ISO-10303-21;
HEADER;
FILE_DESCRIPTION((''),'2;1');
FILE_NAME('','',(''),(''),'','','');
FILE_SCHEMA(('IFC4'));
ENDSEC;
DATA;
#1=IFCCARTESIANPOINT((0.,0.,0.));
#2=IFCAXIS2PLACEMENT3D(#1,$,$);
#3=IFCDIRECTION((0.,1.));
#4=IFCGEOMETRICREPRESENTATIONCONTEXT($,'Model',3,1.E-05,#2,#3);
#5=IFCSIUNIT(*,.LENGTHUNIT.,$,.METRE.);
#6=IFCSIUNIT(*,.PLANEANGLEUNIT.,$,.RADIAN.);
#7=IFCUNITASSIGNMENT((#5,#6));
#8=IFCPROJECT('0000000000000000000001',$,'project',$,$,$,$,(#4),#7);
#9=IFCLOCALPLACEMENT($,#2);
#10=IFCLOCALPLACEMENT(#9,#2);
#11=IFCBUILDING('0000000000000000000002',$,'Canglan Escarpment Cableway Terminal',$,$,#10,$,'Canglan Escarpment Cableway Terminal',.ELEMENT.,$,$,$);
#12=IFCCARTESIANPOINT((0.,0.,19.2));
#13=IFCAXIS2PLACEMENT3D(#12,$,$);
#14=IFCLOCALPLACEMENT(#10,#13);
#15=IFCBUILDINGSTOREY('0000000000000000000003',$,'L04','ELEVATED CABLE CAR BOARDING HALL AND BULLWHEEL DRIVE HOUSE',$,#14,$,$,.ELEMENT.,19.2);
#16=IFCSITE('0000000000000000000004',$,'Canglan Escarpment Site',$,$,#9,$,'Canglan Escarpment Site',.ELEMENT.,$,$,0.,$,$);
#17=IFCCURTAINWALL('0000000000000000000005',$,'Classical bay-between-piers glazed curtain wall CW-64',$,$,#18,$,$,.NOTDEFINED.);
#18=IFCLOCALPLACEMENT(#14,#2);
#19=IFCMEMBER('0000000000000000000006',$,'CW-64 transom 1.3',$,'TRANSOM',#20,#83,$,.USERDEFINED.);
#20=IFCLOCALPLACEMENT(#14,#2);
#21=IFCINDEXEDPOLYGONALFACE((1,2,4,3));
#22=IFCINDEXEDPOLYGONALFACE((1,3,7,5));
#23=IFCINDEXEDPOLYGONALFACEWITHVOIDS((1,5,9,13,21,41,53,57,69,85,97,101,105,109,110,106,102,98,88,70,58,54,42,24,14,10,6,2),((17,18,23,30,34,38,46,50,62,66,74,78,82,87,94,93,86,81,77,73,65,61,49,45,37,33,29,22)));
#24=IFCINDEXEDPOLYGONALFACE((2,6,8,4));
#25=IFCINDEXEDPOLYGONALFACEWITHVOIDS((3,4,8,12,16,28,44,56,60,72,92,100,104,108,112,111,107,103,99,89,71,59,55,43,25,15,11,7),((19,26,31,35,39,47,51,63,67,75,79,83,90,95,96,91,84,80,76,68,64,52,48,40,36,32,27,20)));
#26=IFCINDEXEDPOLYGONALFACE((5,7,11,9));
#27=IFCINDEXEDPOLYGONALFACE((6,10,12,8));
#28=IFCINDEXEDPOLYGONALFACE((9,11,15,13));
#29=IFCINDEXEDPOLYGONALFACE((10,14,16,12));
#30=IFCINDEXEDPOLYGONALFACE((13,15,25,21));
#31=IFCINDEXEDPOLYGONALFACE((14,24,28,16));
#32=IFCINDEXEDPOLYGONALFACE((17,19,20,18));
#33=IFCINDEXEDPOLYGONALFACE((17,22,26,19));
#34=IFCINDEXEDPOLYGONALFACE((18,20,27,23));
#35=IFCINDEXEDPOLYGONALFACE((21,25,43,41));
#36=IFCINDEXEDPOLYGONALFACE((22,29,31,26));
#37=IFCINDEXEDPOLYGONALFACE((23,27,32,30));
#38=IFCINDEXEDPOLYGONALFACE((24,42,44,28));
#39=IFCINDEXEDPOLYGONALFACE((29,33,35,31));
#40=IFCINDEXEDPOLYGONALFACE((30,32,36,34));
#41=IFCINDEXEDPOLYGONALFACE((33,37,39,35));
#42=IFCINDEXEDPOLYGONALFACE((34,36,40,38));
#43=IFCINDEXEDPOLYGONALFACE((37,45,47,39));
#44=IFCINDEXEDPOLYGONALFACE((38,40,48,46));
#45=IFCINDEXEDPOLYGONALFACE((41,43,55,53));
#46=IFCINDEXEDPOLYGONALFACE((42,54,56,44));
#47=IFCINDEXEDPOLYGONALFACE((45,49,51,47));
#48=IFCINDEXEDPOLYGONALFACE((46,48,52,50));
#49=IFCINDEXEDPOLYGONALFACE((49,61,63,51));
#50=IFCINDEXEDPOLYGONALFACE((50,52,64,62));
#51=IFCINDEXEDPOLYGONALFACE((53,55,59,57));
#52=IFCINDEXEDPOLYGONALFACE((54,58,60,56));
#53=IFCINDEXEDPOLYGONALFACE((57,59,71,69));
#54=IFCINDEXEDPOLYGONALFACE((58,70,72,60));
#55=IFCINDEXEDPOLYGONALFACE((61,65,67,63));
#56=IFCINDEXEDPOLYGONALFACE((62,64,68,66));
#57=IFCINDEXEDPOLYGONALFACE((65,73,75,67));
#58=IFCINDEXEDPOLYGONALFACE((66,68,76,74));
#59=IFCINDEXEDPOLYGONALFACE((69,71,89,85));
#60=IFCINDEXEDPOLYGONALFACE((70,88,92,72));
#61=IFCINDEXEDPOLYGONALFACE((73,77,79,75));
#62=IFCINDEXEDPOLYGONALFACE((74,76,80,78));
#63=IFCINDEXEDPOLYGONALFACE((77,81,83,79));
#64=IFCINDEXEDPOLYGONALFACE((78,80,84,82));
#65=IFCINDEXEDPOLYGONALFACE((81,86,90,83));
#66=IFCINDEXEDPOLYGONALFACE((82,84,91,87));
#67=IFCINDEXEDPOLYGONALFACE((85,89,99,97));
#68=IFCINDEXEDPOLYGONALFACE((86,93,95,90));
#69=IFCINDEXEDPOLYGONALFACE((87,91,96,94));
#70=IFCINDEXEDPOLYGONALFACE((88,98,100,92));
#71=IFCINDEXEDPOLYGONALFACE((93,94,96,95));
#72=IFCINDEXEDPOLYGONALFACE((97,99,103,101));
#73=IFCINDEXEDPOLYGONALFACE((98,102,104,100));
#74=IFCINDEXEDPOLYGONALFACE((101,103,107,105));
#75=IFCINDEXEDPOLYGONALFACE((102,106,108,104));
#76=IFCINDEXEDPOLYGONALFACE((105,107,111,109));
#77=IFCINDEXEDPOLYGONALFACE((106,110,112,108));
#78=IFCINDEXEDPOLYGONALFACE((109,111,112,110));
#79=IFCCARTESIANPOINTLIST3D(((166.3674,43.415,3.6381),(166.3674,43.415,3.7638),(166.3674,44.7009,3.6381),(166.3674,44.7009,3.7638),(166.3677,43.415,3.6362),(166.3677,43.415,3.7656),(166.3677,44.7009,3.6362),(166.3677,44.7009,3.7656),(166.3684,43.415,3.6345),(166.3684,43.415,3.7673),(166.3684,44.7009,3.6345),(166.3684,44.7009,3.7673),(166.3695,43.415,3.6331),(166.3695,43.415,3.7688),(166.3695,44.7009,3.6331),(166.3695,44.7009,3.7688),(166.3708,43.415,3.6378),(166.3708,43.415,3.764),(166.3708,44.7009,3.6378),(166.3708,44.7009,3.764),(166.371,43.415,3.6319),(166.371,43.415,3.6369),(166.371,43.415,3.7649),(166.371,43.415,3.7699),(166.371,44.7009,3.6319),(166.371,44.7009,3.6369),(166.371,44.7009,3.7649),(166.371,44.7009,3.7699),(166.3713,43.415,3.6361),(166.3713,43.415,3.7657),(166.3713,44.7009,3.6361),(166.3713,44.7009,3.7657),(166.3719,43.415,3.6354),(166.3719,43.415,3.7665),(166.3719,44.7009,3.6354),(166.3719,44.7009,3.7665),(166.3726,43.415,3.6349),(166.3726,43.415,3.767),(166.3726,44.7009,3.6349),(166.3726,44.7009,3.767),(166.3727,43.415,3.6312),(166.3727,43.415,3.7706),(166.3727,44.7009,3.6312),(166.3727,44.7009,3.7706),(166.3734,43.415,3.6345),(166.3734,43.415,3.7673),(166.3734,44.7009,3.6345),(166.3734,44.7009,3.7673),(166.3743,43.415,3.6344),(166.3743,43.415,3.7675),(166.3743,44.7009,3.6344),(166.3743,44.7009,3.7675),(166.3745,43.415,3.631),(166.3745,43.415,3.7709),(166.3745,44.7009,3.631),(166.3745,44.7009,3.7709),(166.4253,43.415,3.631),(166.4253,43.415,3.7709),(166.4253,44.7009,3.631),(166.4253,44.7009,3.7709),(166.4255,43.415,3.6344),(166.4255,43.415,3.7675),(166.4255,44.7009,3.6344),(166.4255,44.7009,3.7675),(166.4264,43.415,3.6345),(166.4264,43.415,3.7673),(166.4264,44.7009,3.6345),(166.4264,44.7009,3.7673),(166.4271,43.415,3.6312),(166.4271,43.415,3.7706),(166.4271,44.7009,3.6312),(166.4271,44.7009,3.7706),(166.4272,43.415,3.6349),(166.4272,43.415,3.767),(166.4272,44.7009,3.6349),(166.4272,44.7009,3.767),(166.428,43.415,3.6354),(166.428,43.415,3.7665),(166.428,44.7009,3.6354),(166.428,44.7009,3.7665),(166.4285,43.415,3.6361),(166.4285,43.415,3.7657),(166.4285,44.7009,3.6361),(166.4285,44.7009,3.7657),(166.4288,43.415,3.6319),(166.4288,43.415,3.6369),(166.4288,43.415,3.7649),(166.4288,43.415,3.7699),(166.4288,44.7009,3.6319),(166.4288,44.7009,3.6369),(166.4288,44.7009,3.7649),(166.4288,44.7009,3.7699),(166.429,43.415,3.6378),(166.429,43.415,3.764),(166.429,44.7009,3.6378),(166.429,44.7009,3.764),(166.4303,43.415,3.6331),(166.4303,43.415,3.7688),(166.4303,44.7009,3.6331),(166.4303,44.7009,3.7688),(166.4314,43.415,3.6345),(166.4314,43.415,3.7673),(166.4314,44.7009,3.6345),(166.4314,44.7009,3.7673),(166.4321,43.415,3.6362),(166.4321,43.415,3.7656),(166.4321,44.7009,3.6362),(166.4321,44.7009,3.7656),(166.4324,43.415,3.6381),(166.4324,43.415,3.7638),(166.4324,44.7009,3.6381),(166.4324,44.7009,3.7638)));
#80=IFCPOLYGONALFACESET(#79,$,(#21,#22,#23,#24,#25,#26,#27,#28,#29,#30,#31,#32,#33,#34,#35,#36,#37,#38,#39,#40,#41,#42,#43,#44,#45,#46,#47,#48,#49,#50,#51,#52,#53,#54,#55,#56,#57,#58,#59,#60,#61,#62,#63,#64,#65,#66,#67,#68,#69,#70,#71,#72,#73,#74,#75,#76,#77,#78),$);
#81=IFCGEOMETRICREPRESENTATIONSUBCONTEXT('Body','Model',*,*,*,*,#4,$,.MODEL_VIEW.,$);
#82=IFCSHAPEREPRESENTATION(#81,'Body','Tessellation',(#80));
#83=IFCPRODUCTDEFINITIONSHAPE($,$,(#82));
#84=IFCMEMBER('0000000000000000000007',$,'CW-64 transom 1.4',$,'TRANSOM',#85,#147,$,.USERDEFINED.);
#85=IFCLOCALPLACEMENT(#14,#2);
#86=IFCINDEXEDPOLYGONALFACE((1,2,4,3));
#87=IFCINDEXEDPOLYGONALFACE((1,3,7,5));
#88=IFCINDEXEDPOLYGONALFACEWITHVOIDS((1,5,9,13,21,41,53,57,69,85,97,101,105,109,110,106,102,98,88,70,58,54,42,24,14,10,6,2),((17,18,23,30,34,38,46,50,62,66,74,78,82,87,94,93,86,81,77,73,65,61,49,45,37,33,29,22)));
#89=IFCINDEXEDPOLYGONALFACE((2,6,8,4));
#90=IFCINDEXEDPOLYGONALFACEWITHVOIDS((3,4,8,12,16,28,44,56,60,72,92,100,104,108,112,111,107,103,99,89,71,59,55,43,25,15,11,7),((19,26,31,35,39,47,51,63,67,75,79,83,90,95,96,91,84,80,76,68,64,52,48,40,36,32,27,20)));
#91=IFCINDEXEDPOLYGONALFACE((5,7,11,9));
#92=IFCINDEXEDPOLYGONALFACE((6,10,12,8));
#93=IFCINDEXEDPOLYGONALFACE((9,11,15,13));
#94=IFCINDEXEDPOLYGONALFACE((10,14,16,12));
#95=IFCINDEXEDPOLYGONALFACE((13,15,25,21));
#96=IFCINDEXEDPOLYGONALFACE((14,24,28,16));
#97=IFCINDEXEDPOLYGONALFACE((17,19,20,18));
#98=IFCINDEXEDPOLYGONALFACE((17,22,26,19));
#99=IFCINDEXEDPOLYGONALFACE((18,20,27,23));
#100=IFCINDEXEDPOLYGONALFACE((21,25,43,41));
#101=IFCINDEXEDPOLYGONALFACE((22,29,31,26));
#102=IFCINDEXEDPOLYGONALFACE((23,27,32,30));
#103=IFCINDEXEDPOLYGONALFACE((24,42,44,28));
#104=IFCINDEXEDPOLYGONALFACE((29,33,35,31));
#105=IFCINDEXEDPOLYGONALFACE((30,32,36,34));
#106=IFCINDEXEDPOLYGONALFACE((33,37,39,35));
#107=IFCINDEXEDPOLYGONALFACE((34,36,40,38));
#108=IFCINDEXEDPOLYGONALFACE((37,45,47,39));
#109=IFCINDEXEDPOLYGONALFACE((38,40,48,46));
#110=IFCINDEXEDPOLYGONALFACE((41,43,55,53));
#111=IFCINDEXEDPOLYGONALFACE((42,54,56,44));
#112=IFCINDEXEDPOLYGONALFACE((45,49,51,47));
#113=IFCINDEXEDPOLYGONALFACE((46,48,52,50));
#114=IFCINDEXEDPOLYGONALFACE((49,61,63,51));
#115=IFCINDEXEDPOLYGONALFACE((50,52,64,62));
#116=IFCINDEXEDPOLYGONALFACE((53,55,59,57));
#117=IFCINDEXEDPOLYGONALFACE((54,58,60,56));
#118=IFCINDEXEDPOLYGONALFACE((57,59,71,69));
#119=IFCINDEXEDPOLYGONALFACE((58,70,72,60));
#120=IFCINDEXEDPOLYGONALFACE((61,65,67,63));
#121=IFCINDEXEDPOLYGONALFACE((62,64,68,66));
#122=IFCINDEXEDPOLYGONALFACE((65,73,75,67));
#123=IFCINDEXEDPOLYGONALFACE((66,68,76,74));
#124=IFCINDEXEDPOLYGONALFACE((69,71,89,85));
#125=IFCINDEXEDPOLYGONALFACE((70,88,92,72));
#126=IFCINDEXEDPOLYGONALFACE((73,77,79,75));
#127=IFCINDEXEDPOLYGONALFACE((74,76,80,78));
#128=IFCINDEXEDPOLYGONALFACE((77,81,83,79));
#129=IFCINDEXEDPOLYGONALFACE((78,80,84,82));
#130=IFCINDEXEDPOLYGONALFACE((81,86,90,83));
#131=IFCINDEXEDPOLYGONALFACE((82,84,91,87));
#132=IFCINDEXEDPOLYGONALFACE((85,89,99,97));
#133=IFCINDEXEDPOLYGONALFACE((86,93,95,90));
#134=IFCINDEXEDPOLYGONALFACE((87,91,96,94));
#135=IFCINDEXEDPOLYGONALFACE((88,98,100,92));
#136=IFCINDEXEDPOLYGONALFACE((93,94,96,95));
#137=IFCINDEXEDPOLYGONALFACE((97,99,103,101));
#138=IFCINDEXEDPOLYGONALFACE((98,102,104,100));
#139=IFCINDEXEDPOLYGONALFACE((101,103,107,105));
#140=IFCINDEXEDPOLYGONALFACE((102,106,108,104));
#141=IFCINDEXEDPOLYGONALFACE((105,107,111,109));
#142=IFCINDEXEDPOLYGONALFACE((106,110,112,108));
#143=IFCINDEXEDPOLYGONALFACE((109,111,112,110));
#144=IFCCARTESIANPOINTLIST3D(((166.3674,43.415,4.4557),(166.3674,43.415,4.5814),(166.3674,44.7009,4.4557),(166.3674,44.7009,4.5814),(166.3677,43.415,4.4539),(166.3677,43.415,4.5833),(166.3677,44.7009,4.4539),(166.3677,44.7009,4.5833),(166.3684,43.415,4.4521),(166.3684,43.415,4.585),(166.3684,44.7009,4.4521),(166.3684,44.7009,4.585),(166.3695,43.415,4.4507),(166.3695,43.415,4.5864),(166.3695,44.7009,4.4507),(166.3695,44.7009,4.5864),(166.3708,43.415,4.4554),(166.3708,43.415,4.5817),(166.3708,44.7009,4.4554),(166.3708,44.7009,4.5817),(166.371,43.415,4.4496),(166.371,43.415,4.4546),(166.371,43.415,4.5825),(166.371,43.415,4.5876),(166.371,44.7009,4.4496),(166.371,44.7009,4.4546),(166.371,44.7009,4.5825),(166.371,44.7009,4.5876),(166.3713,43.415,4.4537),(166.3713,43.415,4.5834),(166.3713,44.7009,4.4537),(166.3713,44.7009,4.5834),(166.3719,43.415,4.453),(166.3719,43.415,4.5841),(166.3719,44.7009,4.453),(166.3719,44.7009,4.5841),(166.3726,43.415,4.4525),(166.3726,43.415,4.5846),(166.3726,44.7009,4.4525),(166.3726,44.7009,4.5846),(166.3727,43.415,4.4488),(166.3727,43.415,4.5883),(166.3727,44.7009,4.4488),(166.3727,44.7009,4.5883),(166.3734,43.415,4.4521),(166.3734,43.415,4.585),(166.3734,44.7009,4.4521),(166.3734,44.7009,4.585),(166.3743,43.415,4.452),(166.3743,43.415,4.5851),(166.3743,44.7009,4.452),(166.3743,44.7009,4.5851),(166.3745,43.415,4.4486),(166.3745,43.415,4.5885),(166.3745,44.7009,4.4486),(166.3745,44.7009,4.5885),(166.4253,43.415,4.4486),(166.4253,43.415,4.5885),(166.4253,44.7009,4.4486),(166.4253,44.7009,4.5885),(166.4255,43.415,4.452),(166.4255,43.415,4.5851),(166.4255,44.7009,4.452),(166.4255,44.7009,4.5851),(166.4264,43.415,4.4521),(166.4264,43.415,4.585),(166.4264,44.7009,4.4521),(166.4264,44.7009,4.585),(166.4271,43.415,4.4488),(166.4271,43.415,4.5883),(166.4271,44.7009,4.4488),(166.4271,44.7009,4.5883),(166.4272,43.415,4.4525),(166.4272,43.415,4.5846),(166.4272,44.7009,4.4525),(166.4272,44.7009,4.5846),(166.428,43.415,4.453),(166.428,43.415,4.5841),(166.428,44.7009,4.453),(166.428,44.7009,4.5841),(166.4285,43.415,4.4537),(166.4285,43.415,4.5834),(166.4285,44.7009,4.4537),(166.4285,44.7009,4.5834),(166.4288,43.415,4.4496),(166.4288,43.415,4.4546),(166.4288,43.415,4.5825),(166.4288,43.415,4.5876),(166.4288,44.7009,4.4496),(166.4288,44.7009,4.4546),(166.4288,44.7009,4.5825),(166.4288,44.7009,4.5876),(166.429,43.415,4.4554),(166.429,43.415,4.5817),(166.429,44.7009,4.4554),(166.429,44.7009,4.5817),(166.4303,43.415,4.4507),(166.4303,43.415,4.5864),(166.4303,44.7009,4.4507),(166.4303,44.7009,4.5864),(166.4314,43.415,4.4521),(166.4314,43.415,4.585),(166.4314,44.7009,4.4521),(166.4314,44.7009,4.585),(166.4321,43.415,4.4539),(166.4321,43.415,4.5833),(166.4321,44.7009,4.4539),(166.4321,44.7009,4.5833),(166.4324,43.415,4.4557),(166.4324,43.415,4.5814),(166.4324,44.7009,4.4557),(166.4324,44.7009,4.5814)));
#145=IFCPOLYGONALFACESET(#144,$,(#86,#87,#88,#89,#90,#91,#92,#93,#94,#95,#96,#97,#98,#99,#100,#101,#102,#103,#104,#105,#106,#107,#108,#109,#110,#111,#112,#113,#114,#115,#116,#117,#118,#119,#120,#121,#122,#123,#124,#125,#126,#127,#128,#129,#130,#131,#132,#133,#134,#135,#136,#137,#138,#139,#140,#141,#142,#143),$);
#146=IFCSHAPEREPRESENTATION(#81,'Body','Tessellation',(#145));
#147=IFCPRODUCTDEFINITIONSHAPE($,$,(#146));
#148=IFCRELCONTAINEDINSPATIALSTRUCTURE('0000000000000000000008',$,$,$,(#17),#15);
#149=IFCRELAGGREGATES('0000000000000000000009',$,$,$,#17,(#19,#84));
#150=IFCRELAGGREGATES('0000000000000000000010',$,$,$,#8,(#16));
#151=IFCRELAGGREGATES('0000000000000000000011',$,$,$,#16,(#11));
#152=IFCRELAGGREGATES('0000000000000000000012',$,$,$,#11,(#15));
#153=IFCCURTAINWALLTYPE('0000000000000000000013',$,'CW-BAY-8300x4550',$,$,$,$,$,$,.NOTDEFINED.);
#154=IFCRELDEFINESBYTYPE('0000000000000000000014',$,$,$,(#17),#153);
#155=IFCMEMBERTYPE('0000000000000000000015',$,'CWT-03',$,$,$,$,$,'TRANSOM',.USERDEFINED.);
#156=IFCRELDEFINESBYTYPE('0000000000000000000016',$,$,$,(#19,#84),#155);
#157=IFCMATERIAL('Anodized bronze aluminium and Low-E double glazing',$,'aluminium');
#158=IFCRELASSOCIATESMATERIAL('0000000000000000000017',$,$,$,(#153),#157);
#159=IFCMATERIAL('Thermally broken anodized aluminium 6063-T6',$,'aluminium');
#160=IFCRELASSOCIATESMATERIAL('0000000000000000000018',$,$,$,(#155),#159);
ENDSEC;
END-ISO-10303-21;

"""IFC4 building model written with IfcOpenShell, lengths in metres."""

from ifc_helpers import new_model, si_unit, direction, frame, origin, origin_2d, place, context, subcontext, project, spatial, hollow_rectangle, extrude, material, material_profile, profile_set, type_object, element, aggregate, save


model = new_model("IFC4")

# Units and contexts
model_context = context("Model", 3, precision=1e-05, world=origin(), true_north=direction((0.0, 1.0)))
body_context = subcontext(model_context, "Body", "Model", "MODEL_VIEW")
ifc_project = project(units=[si_unit("LENGTHUNIT", "METRE"), si_unit("PLANEANGLEUNIT", "RADIAN")], contexts=[model_context])

# Site, building, storey
site_placement = place(None, origin())
site = spatial("IfcSite", under=ifc_project, at=site_placement, Name="Canglan Escarpment Site", LongName="Canglan Escarpment Site", CompositionType="ELEMENT", RefElevation=0.0)
building_placement = place(site_placement, origin())
building = spatial("IfcBuilding", under=site, at=building_placement, Name="Canglan Escarpment Cableway Terminal", LongName="Canglan Escarpment Cableway Terminal", CompositionType="ELEMENT")
storey_placement = place(building_placement, frame((0.0, 0.0, 19.2)))
storey = spatial("IfcBuildingStorey", under=building, at=storey_placement, Name="L04", Description="ELEVATED CABLE CAR BOARDING HALL AND BULLWHEEL DRIVE HOUSE", CompositionType="ELEMENT", Elevation=19.2)

# Curtain wall, members
ifc_material_1 = material(Name="Anodized bronze aluminium and Low-E double glazing", Category="aluminium")
curtain_wall_type = type_object("IfcCurtainWallType", Name="CW-BAY-8300x4550", PredefinedType="NOTDEFINED", material=ifc_material_1)
curtain_wall_placement = place(storey_placement, origin())
curtain_wall = element("IfcCurtainWall", 1, at=curtain_wall_placement, inside=storey, type_object=curtain_wall_type, Name="Classical bay-between-piers glazed curtain wall CW-64", PredefinedType="NOTDEFINED")
ifc_material_2 = material(Name="Thermally broken anodized aluminium 6063-T6", Category="aluminium")
ifc_material_profile_1 = material_profile(ifc_material_2, hollow_rectangle(XDim=0.0649, YDim=0.1399, WallThickness=0.0034, InnerFilletRadius=0.0034, OuterFilletRadius=0.0071, at=origin_2d()), Name="ALU-TRAN 65x140x3.5")
ifc_profile_set_1 = profile_set([ifc_material_profile_1], Name="Thermally broken anodized aluminium 6063-T6")
member_type_1 = type_object("IfcMemberType", Name="CWT-03", ElementType="TRANSOM", PredefinedType="USERDEFINED", material=ifc_profile_set_1)
member_1_placement = place(storey_placement, frame((166.3999, 43.415, 3.7009), z_axis=(0.0, 1.0, 0.0), x_axis=(-1.0, 0.0, 0.0)))
member_1 = element("IfcMember", 2, at=member_1_placement, type_object=member_type_1, Name="CW-64 transom 1.3", ObjectType="TRANSOM", PredefinedType="USERDEFINED", context=body_context, shape_type="SweptSolid", body=[
    extrude(hollow_rectangle(XDim=0.0649, YDim=0.1399, WallThickness=0.0034, InnerFilletRadius=0.0034, OuterFilletRadius=0.0071, at=origin_2d()), origin(), (0.0, 0.0, 1.0), 1.2859),
])
member_2_placement = place(storey_placement, frame((166.3999, 43.415, 4.5186), z_axis=(0.0, 1.0, 0.0), x_axis=(-1.0, 0.0, 0.0)))
member_2 = element("IfcMember", 3, at=member_2_placement, type_object=member_type_1, Name="CW-64 transom 1.4", ObjectType="TRANSOM", PredefinedType="USERDEFINED", context=body_context, shape_type="SweptSolid", body=[
    extrude(hollow_rectangle(XDim=0.0649, YDim=0.1399, WallThickness=0.0034, InnerFilletRadius=0.0034, OuterFilletRadius=0.0071, at=origin_2d()), origin(), (0.0, 0.0, 1.0), 1.2859),
])
aggregate(curtain_wall, [member_1, member_2])

save(model, "model.ifc")
